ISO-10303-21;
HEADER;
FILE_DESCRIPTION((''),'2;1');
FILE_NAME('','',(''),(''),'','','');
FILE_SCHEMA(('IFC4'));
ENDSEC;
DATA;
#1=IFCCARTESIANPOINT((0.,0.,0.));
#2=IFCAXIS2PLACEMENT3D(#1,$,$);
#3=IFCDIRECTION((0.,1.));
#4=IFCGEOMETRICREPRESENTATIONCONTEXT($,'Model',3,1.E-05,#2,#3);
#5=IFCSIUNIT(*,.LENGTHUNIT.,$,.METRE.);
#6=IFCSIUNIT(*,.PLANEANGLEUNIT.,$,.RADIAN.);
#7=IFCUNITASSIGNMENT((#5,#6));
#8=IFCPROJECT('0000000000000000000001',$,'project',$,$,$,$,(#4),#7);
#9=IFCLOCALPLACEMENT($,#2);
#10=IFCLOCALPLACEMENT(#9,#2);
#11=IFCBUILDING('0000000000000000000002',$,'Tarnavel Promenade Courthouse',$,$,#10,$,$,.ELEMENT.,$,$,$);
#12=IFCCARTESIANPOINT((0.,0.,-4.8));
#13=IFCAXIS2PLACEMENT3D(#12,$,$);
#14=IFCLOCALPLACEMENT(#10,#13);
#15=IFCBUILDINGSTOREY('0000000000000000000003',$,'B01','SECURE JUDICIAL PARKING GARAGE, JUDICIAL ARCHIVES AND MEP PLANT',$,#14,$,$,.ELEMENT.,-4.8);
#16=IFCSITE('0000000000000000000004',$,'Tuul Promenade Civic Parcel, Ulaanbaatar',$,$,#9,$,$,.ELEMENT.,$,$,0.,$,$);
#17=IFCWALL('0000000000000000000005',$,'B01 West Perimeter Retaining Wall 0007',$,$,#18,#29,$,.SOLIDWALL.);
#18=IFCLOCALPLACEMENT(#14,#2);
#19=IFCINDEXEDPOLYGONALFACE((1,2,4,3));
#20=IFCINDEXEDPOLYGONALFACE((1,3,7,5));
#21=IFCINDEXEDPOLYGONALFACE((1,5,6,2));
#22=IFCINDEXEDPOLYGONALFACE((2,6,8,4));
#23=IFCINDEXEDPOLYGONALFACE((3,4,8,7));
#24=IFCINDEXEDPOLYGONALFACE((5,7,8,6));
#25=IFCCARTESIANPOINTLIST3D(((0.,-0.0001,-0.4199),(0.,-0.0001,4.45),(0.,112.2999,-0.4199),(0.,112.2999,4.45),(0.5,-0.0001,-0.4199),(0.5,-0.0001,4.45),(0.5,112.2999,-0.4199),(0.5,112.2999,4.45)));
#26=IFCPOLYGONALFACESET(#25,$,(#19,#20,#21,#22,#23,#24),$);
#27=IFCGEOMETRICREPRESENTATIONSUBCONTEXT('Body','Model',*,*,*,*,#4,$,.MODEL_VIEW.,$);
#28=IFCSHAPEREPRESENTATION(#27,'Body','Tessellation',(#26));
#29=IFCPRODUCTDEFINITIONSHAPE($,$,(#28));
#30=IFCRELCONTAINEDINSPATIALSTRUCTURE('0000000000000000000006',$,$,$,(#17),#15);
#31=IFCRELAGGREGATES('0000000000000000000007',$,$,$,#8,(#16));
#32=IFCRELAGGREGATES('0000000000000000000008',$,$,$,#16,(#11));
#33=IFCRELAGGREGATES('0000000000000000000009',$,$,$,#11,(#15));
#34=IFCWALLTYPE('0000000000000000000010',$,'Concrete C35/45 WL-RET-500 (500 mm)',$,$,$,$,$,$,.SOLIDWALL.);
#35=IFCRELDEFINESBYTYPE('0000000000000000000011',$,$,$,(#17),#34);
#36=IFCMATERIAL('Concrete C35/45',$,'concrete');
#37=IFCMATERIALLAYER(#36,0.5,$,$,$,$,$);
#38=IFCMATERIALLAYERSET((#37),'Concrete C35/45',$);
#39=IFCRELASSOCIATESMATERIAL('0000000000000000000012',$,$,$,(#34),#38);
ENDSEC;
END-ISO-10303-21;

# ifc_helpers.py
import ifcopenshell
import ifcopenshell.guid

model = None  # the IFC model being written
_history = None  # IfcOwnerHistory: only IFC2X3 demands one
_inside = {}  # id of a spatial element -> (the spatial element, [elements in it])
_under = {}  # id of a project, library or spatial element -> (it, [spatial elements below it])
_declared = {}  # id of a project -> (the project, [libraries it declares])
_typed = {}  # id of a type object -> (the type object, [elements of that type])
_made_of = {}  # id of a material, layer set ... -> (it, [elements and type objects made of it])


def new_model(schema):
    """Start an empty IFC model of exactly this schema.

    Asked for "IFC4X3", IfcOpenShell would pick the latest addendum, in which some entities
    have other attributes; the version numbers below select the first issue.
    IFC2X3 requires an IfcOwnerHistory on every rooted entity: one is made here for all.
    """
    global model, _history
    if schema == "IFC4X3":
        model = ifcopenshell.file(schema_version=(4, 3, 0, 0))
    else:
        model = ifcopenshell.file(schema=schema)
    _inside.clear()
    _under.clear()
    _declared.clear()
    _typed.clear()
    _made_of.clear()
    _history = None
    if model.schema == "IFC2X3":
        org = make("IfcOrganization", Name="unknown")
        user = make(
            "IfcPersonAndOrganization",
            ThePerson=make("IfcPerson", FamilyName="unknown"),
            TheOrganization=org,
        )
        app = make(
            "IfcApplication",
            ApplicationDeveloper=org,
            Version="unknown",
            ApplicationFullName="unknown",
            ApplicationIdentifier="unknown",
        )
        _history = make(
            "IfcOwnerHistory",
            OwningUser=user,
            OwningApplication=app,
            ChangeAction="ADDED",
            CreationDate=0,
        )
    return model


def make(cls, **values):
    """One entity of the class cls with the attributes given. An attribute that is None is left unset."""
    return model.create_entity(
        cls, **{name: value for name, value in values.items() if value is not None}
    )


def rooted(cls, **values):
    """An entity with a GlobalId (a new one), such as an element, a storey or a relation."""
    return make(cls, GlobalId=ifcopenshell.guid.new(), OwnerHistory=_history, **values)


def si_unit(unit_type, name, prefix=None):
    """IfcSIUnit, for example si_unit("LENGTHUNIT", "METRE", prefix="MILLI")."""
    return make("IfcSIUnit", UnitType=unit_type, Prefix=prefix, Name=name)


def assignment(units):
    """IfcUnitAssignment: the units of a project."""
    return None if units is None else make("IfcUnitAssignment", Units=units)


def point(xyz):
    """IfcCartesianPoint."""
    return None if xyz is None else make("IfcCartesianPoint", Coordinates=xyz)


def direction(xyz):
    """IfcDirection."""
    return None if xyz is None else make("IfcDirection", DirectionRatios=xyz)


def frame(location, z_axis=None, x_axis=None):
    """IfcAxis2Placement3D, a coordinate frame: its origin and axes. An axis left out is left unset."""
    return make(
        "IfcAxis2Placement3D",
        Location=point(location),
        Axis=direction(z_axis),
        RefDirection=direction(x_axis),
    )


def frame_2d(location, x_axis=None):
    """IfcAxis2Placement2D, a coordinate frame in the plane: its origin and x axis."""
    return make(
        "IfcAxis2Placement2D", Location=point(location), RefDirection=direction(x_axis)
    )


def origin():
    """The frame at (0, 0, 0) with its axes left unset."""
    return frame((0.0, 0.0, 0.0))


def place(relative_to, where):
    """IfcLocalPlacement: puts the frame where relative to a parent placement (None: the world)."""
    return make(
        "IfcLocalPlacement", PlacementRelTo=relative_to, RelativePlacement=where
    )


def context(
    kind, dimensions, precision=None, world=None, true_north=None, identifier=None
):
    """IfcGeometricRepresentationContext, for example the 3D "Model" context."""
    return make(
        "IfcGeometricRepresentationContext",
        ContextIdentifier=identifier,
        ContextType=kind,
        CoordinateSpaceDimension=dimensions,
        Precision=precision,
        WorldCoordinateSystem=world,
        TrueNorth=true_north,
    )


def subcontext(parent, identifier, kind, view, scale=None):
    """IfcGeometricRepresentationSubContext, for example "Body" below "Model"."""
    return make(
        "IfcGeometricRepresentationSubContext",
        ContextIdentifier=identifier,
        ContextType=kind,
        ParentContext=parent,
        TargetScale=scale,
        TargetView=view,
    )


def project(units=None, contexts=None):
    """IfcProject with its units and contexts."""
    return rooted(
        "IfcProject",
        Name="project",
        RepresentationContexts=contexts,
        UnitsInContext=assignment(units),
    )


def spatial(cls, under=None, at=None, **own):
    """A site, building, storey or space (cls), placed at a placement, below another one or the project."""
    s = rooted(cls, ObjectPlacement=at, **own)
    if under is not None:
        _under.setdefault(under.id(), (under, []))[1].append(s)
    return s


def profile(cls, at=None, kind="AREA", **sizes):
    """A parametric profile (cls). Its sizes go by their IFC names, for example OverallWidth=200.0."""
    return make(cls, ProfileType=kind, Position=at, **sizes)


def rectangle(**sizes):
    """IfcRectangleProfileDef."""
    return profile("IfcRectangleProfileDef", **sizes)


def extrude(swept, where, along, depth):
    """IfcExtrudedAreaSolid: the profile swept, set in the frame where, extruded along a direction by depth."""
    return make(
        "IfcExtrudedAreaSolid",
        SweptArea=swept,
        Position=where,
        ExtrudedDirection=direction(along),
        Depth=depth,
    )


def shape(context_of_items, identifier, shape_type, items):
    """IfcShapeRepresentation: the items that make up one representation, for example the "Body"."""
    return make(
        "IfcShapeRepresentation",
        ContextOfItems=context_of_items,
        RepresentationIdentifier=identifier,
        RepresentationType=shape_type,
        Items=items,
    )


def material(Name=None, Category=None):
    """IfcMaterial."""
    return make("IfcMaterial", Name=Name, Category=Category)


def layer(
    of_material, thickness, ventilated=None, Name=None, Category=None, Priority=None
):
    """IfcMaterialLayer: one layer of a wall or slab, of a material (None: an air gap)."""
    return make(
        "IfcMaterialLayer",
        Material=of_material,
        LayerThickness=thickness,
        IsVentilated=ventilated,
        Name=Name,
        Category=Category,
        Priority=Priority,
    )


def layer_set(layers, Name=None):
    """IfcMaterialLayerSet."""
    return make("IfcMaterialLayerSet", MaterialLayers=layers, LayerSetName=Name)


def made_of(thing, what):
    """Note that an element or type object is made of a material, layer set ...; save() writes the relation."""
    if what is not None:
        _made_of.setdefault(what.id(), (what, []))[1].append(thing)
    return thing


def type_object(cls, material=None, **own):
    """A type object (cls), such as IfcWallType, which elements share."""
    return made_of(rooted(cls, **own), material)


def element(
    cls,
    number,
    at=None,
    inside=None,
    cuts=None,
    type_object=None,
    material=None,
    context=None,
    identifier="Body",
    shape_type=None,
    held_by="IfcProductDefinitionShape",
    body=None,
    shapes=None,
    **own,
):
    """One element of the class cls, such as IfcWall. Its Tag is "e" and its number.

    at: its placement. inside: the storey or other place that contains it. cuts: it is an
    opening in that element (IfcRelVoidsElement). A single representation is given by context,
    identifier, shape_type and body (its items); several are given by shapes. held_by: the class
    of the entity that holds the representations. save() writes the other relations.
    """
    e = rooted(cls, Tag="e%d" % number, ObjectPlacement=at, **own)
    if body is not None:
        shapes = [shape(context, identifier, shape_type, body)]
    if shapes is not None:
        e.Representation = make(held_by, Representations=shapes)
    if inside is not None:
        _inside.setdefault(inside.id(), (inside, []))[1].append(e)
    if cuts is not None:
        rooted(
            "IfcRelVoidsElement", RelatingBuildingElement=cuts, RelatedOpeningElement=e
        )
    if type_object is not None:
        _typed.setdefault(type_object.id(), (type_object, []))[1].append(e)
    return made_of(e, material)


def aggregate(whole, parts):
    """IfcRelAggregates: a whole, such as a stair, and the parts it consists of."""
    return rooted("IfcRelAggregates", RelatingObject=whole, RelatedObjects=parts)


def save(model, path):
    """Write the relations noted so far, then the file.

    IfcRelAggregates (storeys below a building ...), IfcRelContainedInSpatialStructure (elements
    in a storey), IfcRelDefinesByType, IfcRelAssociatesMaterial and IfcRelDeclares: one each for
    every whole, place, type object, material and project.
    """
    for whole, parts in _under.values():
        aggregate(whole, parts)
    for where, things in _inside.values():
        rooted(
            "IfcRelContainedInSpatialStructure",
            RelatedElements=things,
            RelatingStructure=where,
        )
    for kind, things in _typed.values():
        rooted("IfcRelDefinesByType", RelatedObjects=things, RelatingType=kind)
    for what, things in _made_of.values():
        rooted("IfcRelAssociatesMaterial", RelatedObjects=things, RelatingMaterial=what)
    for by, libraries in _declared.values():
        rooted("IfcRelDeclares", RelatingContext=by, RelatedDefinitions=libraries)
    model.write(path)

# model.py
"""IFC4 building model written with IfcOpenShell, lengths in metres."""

from ifc_helpers import new_model, si_unit, direction, frame, frame_2d, origin, place, context, subcontext, project, spatial, rectangle, extrude, material, layer, layer_set, type_object, element, save


model = new_model("IFC4")

# Units and contexts
model_context = context("Model", 3, precision=1e-05, world=origin(), true_north=direction((0.0, 1.0)))
body_context = subcontext(model_context, "Body", "Model", "MODEL_VIEW")
ifc_project = project(units=[si_unit("LENGTHUNIT", "METRE"), si_unit("PLANEANGLEUNIT", "RADIAN")], contexts=[model_context])

# Site, building, storey
site_placement = place(None, origin())
site = spatial("IfcSite", under=ifc_project, at=site_placement, Name="Tuul Promenade Civic Parcel, Ulaanbaatar", CompositionType="ELEMENT", RefElevation=0.0)
building_placement = place(site_placement, origin())
building = spatial("IfcBuilding", under=site, at=building_placement, Name="Tarnavel Promenade Courthouse", CompositionType="ELEMENT")
storey_placement = place(building_placement, frame((0.0, 0.0, -4.8)))
storey = spatial("IfcBuildingStorey", under=building, at=storey_placement, Name="B01", Description="SECURE JUDICIAL PARKING GARAGE, JUDICIAL ARCHIVES AND MEP PLANT", CompositionType="ELEMENT", Elevation=-4.8)

# Shared definitions
ifc_material_1 = material(Name="Concrete C35/45", Category="concrete")

# Wall
ifc_layer_1 = layer(ifc_material_1, 0.5)
ifc_layer_set_1 = layer_set([ifc_layer_1], Name="Concrete C35/45")
wall_type_1 = type_object("IfcWallType", Name="Concrete C35/45 WL-RET-500 (500 mm)", PredefinedType="SOLIDWALL", material=ifc_layer_set_1)
wall_1_placement = place(storey_placement, frame((0.25, 0.0, -0.4199), z_axis=(0.0, 0.0, 1.0), x_axis=(0.0, 1.0, 0.0)))
element("IfcWall", 1, at=wall_1_placement, inside=storey, type_object=wall_type_1, Name="B01 West Perimeter Retaining Wall 0007", PredefinedType="SOLIDWALL", context=body_context, shape_type="SweptSolid", body=[
    extrude(rectangle(XDim=112.3, YDim=0.5, at=frame_2d((56.1499, 0.0))), origin(), (0.0, 0.0, 1.0), 4.8699),
])

save(model, "model.ifc")
